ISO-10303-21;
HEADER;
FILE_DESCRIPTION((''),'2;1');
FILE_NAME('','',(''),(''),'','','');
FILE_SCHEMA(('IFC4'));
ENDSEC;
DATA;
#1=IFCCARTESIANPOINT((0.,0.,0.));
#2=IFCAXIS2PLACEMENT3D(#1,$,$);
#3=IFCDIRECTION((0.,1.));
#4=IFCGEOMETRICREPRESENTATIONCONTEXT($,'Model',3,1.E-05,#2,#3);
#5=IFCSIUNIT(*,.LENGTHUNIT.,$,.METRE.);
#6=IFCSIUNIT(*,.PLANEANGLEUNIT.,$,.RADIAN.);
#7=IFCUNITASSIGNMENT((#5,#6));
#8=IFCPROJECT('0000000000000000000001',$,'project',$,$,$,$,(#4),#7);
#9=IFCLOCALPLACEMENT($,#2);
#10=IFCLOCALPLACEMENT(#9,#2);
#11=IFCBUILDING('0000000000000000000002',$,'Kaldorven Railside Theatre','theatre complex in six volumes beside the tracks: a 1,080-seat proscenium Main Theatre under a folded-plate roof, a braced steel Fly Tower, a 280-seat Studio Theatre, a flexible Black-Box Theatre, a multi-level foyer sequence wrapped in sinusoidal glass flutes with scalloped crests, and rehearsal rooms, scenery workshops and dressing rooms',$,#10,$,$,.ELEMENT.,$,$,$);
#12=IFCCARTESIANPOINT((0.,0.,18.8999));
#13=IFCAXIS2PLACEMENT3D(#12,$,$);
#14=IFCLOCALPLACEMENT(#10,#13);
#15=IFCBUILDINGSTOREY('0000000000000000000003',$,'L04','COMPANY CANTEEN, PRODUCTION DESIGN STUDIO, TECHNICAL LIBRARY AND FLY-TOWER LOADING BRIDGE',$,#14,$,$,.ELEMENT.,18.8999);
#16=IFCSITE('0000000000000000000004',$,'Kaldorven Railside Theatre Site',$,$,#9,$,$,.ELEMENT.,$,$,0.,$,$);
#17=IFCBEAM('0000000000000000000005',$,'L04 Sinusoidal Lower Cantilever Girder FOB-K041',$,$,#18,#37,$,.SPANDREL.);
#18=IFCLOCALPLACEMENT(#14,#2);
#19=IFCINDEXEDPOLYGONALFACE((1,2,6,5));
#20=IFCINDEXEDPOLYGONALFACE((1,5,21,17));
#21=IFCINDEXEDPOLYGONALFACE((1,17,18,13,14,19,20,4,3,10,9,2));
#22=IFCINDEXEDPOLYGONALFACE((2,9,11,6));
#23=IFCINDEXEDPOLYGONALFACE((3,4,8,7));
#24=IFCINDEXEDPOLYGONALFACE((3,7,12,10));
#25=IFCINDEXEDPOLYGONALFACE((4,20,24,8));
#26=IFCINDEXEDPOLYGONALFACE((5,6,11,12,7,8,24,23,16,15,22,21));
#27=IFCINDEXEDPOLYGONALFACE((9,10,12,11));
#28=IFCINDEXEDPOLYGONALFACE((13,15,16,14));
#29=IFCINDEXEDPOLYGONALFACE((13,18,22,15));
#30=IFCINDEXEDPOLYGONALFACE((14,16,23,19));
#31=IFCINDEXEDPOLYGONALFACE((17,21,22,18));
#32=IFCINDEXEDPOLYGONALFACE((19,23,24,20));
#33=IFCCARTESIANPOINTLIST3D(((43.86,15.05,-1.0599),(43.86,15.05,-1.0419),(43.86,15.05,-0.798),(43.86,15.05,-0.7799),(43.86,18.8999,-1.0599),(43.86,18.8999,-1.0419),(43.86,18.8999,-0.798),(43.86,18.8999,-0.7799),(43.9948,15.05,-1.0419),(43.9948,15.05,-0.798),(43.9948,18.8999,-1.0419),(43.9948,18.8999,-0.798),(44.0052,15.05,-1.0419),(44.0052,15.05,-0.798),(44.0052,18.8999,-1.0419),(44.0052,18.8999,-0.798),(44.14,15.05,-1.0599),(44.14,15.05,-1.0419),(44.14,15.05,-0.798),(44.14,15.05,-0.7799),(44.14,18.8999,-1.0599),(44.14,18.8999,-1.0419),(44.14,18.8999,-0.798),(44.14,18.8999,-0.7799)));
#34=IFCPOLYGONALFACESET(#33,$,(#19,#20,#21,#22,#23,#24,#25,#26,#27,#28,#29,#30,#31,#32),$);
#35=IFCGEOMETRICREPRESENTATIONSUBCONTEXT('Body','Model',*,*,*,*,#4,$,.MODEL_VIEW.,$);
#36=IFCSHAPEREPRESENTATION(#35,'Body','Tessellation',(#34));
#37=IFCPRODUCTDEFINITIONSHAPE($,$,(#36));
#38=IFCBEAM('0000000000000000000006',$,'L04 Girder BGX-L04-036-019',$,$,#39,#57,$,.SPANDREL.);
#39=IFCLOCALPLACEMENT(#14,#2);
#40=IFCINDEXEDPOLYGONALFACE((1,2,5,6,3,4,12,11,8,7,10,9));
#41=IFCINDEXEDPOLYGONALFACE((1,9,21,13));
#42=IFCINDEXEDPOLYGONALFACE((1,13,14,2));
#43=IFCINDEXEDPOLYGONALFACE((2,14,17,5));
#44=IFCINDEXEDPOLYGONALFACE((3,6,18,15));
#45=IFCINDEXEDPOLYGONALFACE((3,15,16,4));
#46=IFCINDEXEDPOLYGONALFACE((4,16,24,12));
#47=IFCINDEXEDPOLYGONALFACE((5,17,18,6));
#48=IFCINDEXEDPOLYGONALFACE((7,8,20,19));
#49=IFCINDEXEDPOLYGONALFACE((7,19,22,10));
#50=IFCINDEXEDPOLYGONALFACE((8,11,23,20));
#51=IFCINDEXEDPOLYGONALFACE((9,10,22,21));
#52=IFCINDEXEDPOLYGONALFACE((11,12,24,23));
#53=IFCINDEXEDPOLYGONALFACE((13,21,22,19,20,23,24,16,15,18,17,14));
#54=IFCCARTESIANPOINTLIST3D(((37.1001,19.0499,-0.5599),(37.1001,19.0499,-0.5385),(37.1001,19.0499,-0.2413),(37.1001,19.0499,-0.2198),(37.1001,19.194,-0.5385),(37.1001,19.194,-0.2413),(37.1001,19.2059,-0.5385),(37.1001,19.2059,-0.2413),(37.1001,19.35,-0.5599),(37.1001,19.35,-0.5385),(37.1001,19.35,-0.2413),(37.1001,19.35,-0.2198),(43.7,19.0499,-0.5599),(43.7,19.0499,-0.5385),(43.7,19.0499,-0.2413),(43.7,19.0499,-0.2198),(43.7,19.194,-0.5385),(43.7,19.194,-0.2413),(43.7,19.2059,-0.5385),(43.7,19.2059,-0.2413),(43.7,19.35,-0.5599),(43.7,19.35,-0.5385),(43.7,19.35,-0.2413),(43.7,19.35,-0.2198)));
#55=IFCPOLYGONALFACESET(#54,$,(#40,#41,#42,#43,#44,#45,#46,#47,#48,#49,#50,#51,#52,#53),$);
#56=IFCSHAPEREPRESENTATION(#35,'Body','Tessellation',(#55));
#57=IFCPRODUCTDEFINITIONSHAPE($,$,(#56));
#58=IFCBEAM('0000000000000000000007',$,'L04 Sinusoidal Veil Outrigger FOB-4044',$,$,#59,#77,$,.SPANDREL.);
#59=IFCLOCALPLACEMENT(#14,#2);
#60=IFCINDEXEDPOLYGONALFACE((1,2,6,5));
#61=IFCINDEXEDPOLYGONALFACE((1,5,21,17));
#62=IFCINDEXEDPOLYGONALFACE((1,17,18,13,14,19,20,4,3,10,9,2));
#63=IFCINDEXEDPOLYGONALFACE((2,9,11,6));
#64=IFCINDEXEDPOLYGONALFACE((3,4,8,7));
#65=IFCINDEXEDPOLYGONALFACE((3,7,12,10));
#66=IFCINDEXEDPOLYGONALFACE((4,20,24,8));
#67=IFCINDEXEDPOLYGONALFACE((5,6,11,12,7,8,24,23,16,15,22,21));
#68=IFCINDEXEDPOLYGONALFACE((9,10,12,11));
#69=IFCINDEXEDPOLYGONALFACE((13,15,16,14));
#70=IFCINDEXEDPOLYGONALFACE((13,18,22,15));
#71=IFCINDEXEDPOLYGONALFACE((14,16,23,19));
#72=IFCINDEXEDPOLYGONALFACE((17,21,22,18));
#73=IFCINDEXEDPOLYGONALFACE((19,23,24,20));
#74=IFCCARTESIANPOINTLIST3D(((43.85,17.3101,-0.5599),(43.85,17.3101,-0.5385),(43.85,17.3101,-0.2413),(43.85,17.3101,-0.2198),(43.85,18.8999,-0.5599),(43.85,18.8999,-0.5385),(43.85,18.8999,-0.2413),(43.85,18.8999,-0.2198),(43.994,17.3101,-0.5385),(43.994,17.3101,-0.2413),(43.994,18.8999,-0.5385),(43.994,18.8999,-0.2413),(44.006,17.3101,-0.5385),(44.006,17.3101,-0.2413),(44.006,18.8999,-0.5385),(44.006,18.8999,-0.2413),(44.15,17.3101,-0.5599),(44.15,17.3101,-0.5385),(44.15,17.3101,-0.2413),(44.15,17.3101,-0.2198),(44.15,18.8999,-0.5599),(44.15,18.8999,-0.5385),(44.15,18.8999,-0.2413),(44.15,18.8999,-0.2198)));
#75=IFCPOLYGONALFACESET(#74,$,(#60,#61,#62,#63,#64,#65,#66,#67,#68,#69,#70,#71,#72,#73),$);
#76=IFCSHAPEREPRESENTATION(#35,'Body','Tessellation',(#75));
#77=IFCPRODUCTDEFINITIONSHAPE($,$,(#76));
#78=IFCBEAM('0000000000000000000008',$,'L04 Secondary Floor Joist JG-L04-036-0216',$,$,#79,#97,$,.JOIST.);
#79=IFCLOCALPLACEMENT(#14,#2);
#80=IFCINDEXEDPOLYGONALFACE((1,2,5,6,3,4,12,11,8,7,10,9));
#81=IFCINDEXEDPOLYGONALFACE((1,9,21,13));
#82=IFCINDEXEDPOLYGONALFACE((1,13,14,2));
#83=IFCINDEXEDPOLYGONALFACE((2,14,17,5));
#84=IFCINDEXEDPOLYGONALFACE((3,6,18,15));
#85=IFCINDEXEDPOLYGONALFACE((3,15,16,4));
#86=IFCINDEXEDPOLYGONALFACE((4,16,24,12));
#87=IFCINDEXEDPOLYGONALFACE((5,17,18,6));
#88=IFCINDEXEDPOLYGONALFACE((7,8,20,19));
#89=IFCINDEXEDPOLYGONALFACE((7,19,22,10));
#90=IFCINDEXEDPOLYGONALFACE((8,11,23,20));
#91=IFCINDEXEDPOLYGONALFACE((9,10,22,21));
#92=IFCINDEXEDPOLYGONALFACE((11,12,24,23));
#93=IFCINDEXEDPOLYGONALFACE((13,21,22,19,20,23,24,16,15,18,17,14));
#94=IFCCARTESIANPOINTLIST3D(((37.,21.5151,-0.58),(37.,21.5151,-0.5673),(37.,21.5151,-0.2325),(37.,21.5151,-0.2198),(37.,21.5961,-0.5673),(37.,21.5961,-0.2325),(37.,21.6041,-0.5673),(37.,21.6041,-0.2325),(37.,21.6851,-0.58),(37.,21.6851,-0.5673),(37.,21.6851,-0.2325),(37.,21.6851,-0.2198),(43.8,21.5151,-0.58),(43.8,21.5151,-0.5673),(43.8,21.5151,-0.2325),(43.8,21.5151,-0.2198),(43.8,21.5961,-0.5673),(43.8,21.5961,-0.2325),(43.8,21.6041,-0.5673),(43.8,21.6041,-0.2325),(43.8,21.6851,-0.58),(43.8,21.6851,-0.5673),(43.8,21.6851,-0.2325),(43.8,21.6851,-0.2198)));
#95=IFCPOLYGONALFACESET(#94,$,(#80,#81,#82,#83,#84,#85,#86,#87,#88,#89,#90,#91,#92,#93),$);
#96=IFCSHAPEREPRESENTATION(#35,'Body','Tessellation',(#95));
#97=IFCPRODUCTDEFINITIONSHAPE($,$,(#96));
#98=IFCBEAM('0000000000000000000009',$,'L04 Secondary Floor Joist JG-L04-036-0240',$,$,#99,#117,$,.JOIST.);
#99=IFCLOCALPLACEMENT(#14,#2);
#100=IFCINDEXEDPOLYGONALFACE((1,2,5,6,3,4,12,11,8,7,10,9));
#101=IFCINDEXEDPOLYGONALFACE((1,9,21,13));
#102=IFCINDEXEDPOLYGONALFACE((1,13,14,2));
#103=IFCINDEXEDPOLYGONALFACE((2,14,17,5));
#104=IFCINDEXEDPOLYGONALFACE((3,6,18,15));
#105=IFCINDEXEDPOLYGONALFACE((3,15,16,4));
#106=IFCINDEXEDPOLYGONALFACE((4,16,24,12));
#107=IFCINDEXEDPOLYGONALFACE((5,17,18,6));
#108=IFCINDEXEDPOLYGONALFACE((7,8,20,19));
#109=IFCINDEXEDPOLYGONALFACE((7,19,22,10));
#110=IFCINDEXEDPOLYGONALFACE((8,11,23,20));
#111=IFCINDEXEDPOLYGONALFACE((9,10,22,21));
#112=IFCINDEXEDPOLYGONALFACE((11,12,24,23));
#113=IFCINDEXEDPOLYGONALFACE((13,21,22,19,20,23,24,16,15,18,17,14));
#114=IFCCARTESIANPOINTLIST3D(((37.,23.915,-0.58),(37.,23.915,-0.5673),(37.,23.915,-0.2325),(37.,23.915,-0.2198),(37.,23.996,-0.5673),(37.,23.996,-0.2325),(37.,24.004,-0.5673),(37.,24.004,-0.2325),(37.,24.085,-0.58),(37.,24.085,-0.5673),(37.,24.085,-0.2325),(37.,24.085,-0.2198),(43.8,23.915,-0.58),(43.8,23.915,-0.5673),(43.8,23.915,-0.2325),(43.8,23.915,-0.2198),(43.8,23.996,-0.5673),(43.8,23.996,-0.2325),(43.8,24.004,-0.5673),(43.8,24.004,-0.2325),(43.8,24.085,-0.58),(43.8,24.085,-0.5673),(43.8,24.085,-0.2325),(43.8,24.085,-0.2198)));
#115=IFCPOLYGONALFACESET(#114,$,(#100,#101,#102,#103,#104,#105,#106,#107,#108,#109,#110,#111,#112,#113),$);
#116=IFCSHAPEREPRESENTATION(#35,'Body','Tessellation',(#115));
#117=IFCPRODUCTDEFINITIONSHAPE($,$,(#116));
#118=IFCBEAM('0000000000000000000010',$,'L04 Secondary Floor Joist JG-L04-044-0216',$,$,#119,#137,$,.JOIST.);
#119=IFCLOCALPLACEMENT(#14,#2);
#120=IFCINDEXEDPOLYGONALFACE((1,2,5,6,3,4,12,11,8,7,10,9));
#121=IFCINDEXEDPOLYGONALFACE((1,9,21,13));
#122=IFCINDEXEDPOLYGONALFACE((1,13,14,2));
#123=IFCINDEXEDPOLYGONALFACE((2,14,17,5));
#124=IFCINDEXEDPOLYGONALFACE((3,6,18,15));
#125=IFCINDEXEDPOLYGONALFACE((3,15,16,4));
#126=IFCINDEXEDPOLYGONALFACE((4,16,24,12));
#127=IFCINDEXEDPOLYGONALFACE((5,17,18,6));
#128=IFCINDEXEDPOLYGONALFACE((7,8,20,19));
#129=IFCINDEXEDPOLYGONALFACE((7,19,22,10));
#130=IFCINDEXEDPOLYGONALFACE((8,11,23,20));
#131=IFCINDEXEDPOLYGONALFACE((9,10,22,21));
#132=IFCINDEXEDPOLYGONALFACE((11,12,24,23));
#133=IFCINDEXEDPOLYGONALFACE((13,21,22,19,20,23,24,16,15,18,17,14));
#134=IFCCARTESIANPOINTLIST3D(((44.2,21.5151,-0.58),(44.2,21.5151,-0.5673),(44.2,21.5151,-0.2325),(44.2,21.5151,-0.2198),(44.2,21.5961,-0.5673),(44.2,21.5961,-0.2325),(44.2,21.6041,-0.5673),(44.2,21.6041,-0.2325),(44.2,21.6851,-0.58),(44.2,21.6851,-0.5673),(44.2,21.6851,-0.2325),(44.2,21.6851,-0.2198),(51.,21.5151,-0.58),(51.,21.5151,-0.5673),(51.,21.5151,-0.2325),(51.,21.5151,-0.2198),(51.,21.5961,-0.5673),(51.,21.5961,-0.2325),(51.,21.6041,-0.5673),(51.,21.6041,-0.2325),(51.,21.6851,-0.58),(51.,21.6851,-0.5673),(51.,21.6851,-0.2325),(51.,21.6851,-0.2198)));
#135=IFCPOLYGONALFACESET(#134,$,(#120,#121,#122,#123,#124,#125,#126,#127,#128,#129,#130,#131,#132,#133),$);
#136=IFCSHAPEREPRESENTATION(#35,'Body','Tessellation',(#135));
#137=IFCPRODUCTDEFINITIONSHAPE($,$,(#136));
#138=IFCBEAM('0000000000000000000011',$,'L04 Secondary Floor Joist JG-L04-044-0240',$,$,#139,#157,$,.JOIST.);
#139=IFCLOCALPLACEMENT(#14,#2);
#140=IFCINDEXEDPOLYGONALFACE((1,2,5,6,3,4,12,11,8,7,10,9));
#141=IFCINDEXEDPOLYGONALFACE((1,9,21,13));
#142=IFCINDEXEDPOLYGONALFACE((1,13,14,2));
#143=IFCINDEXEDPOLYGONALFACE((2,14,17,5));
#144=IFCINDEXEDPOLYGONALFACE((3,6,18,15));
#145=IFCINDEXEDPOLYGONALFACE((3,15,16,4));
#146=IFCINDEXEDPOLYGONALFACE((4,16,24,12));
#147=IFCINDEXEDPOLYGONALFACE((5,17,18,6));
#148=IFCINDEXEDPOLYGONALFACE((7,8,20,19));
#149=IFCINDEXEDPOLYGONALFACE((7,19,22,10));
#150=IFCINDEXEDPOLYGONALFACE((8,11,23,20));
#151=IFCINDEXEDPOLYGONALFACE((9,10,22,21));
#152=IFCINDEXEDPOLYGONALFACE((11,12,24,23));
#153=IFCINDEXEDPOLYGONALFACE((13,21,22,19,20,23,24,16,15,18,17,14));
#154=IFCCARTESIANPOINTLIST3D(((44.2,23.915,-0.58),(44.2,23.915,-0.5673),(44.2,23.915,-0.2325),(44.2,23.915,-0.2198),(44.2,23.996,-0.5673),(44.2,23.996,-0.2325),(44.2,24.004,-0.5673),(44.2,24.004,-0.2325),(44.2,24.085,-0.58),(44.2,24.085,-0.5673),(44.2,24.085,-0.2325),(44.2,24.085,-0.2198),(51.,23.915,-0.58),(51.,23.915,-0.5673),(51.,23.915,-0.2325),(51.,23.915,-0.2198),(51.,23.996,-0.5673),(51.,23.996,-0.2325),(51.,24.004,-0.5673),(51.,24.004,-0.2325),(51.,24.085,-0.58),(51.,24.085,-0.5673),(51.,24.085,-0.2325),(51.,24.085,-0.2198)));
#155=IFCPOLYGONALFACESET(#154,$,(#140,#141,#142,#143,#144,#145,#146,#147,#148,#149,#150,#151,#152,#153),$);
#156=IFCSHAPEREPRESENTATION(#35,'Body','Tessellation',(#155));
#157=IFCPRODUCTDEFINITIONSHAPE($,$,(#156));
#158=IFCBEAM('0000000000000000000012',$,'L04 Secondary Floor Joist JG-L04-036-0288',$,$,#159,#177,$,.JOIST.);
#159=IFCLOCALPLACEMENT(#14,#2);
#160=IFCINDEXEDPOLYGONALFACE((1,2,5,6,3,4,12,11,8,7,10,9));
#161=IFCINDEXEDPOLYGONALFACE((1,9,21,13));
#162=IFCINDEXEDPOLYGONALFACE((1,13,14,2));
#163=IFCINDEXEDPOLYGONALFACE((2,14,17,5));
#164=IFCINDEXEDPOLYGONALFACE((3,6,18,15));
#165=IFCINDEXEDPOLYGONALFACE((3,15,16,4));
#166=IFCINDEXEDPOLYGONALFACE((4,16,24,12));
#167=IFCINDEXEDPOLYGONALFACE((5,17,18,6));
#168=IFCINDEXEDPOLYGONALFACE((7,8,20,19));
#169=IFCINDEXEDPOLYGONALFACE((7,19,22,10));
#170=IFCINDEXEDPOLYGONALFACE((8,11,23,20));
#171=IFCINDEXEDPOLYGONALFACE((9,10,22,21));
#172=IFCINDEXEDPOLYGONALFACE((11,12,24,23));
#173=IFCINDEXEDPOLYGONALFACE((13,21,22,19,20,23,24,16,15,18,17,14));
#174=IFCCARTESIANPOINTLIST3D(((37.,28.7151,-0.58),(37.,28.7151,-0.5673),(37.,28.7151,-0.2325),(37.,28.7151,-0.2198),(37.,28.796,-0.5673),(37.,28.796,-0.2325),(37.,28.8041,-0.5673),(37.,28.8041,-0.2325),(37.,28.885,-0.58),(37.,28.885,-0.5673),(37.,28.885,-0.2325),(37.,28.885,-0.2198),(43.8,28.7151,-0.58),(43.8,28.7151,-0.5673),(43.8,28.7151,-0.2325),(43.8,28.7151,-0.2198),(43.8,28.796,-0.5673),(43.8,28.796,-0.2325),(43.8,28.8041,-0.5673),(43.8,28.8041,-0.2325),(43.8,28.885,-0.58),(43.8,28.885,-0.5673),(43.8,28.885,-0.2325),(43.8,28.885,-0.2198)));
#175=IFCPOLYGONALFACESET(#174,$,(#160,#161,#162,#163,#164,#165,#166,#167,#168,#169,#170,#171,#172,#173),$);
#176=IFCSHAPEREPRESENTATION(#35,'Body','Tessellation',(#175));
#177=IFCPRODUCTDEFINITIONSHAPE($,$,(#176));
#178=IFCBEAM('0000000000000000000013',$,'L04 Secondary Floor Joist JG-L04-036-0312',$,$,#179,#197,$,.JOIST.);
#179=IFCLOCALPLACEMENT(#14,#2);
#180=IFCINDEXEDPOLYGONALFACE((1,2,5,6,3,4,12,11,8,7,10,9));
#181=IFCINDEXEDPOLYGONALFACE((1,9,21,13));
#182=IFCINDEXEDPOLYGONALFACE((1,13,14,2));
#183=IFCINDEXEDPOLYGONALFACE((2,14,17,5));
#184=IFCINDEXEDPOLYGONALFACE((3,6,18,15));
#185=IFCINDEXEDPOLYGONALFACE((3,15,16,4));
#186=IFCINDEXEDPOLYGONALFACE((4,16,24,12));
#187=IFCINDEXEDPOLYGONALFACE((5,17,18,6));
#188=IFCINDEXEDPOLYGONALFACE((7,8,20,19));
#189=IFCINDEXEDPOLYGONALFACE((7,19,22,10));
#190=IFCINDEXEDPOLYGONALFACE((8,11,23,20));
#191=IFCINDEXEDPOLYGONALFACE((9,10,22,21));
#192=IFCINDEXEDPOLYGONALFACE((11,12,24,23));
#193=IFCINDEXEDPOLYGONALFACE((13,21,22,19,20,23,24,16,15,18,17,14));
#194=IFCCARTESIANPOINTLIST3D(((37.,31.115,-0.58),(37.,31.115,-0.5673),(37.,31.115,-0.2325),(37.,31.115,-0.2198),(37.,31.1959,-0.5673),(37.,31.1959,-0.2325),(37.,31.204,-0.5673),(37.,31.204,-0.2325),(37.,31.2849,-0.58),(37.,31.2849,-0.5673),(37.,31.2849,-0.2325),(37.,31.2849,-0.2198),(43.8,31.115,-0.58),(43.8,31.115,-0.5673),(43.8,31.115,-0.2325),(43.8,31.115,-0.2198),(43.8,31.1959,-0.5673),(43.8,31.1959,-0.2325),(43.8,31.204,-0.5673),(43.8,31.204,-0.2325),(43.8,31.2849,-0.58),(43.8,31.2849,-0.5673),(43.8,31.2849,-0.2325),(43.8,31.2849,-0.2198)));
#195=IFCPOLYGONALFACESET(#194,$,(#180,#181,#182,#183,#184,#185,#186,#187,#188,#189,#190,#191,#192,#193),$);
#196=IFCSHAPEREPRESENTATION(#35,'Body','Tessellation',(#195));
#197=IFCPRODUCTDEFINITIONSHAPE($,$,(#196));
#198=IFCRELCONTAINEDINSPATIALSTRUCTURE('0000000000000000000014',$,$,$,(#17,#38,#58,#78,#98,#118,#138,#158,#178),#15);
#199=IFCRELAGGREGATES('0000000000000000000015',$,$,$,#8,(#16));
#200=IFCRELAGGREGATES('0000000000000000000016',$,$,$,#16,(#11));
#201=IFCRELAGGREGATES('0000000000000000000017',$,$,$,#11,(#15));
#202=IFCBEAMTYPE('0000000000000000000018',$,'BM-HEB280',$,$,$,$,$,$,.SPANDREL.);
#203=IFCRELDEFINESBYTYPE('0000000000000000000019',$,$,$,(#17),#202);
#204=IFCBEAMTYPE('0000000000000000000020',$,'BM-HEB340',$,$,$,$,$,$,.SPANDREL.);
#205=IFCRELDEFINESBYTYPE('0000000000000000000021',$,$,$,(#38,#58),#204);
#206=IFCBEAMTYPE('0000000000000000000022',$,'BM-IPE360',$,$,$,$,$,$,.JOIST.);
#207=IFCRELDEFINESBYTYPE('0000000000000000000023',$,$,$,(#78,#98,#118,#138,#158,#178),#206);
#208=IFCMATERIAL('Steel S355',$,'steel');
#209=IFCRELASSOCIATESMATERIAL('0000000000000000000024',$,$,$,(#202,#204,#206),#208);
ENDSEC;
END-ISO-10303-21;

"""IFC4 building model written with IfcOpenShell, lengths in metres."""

from ifc_helpers import new_model, si_unit, direction, frame, origin, origin_2d, place, context, subcontext, project, spatial, i_section, extrude, material, material_profile, profile_set, type_object, element, save


model = new_model("IFC4")

# Units and contexts
model_context = context("Model", 3, precision=1e-05, world=origin(), true_north=direction((0.0, 1.0)))
body_context = subcontext(model_context, "Body", "Model", "MODEL_VIEW")
ifc_project = project(units=[si_unit("LENGTHUNIT", "METRE"), si_unit("PLANEANGLEUNIT", "RADIAN")], contexts=[model_context])

# Site, building, storey
site_placement = place(None, origin())
site = spatial("IfcSite", under=ifc_project, at=site_placement, Name="Kaldorven Railside Theatre Site", CompositionType="ELEMENT", RefElevation=0.0)
building_placement = place(site_placement, origin())
building = spatial("IfcBuilding", under=site, at=building_placement, Name="Kaldorven Railside Theatre", Description="theatre complex in six volumes beside the tracks: a 1,080-seat proscenium Main Theatre under a folded-plate roof, a braced steel Fly Tower, a 280-seat Studio Theatre, a flexible Black-Box Theatre, a multi-level foyer sequence wrapped in sinusoidal glass flutes with scalloped crests, and rehearsal rooms, scenery workshops and dressing rooms", CompositionType="ELEMENT")
storey_placement = place(building_placement, frame((0.0, 0.0, 18.8999)))
storey = spatial("IfcBuildingStorey", under=building, at=storey_placement, Name="L04", Description="COMPANY CANTEEN, PRODUCTION DESIGN STUDIO, TECHNICAL LIBRARY AND FLY-TOWER LOADING BRIDGE", CompositionType="ELEMENT", Elevation=18.8999)

# Beams
ifc_material_1 = material(Name="Steel S355", Category="steel")
ifc_material_profile_1 = material_profile(ifc_material_1, i_section(OverallWidth=0.28, OverallDepth=0.28, WebThickness=0.0105, FlangeThickness=0.0181, at=origin_2d()), Name="HEB 280")
ifc_profile_set_1 = profile_set([ifc_material_profile_1], Name="Steel S355")
beam_type_1 = type_object("IfcBeamType", Name="BM-HEB280", PredefinedType="SPANDREL", material=ifc_profile_set_1)
beam_1_placement = place(storey_placement, frame((44.0, 15.05, -0.9199), z_axis=(0.0, 1.0, 0.0), x_axis=(-1.0, 0.0, 0.0)))
element("IfcBeam", 1, at=beam_1_placement, inside=storey, type_object=beam_type_1, Name="L04 Sinusoidal Lower Cantilever Girder FOB-K041", PredefinedType="SPANDREL", context=body_context, shape_type="SweptSolid", body=[
    extrude(i_section(OverallWidth=0.28, OverallDepth=0.28, WebThickness=0.0105, FlangeThickness=0.0181, at=origin_2d()), origin(), (0.0, 0.0, 1.0), 3.8499),
])
ifc_material_profile_2 = material_profile(ifc_material_1, i_section(OverallWidth=0.3, OverallDepth=0.3401, WebThickness=0.012, FlangeThickness=0.0215, at=origin_2d()), Name="HEB 340")
ifc_profile_set_2 = profile_set([ifc_material_profile_2], Name="Steel S355")
beam_type_2 = type_object("IfcBeamType", Name="BM-HEB340", PredefinedType="SPANDREL", material=ifc_profile_set_2)
beam_2_placement = place(storey_placement, frame((37.1001, 19.2, -0.3899), z_axis=(1.0, 0.0, 0.0), x_axis=(0.0, 1.0, 0.0)))
element("IfcBeam", 2, at=beam_2_placement, inside=storey, type_object=beam_type_2, Name="L04 Girder BGX-L04-036-019", PredefinedType="SPANDREL", context=body_context, shape_type="SweptSolid", body=[
    extrude(i_section(OverallWidth=0.3, OverallDepth=0.3401, WebThickness=0.012, FlangeThickness=0.0215, at=origin_2d()), origin(), (0.0, 0.0, 1.0), 6.5999),
])
beam_3_placement = place(storey_placement, frame((44.0, 17.3101, -0.3899), z_axis=(0.0, 1.0, 0.0), x_axis=(-1.0, 0.0, 0.0)))
element("IfcBeam", 3, at=beam_3_placement, inside=storey, type_object=beam_type_2, Name="L04 Sinusoidal Veil Outrigger FOB-4044", PredefinedType="SPANDREL", context=body_context, shape_type="SweptSolid", body=[
    extrude(i_section(OverallWidth=0.3, OverallDepth=0.3401, WebThickness=0.012, FlangeThickness=0.0215, at=origin_2d()), origin(), (0.0, 0.0, 1.0), 1.5898),
])
ifc_material_profile_3 = material_profile(ifc_material_1, i_section(OverallWidth=0.1699, OverallDepth=0.3601, WebThickness=0.0081, FlangeThickness=0.0127, at=origin_2d()), Name="IPE 360")
ifc_profile_set_3 = profile_set([ifc_material_profile_3], Name="Steel S355")
beam_type_3 = type_object("IfcBeamType", Name="BM-IPE360", PredefinedType="JOIST", material=ifc_profile_set_3)
for number, where, z_axis, x_axis, name in (
    (4, (37.0, 21.6001, -0.3999), (1.0, 0.0, 0.0), (0.0, 1.0, 0.0), "L04 Secondary Floor Joist JG-L04-036-0216"),
    (5, (37.0, 24.0, -0.3999), (1.0, 0.0, 0.0), (0.0, 1.0, 0.0), "L04 Secondary Floor Joist JG-L04-036-0240"),
    (6, (44.2, 21.6001, -0.3999), (1.0, 0.0, 0.0), (0.0, 1.0, 0.0), "L04 Secondary Floor Joist JG-L04-044-0216"),
    (7, (44.2, 24.0, -0.3999), (1.0, 0.0, 0.0), (0.0, 1.0, 0.0), "L04 Secondary Floor Joist JG-L04-044-0240"),
    (8, (37.0, 28.8, -0.3999), (1.0, 0.0, 0.0), (0.0, 1.0, 0.0), "L04 Secondary Floor Joist JG-L04-036-0288"),
    (9, (37.0, 31.2, -0.3999), (1.0, 0.0, 0.0), (0.0, 1.0, 0.0), "L04 Secondary Floor Joist JG-L04-036-0312"),
):
    element("IfcBeam", number, at=place(storey_placement, frame(where, z_axis=z_axis, x_axis=x_axis)), inside=storey, type_object=beam_type_3, Name=name, PredefinedType="JOIST", context=body_context, shape_type="SweptSolid", body=[
        extrude(i_section(OverallWidth=0.1699, OverallDepth=0.3601, WebThickness=0.0081, FlangeThickness=0.0127, at=origin_2d()), origin(), (0.0, 0.0, 1.0), 6.8),
    ])

save(model, "model.ifc")
